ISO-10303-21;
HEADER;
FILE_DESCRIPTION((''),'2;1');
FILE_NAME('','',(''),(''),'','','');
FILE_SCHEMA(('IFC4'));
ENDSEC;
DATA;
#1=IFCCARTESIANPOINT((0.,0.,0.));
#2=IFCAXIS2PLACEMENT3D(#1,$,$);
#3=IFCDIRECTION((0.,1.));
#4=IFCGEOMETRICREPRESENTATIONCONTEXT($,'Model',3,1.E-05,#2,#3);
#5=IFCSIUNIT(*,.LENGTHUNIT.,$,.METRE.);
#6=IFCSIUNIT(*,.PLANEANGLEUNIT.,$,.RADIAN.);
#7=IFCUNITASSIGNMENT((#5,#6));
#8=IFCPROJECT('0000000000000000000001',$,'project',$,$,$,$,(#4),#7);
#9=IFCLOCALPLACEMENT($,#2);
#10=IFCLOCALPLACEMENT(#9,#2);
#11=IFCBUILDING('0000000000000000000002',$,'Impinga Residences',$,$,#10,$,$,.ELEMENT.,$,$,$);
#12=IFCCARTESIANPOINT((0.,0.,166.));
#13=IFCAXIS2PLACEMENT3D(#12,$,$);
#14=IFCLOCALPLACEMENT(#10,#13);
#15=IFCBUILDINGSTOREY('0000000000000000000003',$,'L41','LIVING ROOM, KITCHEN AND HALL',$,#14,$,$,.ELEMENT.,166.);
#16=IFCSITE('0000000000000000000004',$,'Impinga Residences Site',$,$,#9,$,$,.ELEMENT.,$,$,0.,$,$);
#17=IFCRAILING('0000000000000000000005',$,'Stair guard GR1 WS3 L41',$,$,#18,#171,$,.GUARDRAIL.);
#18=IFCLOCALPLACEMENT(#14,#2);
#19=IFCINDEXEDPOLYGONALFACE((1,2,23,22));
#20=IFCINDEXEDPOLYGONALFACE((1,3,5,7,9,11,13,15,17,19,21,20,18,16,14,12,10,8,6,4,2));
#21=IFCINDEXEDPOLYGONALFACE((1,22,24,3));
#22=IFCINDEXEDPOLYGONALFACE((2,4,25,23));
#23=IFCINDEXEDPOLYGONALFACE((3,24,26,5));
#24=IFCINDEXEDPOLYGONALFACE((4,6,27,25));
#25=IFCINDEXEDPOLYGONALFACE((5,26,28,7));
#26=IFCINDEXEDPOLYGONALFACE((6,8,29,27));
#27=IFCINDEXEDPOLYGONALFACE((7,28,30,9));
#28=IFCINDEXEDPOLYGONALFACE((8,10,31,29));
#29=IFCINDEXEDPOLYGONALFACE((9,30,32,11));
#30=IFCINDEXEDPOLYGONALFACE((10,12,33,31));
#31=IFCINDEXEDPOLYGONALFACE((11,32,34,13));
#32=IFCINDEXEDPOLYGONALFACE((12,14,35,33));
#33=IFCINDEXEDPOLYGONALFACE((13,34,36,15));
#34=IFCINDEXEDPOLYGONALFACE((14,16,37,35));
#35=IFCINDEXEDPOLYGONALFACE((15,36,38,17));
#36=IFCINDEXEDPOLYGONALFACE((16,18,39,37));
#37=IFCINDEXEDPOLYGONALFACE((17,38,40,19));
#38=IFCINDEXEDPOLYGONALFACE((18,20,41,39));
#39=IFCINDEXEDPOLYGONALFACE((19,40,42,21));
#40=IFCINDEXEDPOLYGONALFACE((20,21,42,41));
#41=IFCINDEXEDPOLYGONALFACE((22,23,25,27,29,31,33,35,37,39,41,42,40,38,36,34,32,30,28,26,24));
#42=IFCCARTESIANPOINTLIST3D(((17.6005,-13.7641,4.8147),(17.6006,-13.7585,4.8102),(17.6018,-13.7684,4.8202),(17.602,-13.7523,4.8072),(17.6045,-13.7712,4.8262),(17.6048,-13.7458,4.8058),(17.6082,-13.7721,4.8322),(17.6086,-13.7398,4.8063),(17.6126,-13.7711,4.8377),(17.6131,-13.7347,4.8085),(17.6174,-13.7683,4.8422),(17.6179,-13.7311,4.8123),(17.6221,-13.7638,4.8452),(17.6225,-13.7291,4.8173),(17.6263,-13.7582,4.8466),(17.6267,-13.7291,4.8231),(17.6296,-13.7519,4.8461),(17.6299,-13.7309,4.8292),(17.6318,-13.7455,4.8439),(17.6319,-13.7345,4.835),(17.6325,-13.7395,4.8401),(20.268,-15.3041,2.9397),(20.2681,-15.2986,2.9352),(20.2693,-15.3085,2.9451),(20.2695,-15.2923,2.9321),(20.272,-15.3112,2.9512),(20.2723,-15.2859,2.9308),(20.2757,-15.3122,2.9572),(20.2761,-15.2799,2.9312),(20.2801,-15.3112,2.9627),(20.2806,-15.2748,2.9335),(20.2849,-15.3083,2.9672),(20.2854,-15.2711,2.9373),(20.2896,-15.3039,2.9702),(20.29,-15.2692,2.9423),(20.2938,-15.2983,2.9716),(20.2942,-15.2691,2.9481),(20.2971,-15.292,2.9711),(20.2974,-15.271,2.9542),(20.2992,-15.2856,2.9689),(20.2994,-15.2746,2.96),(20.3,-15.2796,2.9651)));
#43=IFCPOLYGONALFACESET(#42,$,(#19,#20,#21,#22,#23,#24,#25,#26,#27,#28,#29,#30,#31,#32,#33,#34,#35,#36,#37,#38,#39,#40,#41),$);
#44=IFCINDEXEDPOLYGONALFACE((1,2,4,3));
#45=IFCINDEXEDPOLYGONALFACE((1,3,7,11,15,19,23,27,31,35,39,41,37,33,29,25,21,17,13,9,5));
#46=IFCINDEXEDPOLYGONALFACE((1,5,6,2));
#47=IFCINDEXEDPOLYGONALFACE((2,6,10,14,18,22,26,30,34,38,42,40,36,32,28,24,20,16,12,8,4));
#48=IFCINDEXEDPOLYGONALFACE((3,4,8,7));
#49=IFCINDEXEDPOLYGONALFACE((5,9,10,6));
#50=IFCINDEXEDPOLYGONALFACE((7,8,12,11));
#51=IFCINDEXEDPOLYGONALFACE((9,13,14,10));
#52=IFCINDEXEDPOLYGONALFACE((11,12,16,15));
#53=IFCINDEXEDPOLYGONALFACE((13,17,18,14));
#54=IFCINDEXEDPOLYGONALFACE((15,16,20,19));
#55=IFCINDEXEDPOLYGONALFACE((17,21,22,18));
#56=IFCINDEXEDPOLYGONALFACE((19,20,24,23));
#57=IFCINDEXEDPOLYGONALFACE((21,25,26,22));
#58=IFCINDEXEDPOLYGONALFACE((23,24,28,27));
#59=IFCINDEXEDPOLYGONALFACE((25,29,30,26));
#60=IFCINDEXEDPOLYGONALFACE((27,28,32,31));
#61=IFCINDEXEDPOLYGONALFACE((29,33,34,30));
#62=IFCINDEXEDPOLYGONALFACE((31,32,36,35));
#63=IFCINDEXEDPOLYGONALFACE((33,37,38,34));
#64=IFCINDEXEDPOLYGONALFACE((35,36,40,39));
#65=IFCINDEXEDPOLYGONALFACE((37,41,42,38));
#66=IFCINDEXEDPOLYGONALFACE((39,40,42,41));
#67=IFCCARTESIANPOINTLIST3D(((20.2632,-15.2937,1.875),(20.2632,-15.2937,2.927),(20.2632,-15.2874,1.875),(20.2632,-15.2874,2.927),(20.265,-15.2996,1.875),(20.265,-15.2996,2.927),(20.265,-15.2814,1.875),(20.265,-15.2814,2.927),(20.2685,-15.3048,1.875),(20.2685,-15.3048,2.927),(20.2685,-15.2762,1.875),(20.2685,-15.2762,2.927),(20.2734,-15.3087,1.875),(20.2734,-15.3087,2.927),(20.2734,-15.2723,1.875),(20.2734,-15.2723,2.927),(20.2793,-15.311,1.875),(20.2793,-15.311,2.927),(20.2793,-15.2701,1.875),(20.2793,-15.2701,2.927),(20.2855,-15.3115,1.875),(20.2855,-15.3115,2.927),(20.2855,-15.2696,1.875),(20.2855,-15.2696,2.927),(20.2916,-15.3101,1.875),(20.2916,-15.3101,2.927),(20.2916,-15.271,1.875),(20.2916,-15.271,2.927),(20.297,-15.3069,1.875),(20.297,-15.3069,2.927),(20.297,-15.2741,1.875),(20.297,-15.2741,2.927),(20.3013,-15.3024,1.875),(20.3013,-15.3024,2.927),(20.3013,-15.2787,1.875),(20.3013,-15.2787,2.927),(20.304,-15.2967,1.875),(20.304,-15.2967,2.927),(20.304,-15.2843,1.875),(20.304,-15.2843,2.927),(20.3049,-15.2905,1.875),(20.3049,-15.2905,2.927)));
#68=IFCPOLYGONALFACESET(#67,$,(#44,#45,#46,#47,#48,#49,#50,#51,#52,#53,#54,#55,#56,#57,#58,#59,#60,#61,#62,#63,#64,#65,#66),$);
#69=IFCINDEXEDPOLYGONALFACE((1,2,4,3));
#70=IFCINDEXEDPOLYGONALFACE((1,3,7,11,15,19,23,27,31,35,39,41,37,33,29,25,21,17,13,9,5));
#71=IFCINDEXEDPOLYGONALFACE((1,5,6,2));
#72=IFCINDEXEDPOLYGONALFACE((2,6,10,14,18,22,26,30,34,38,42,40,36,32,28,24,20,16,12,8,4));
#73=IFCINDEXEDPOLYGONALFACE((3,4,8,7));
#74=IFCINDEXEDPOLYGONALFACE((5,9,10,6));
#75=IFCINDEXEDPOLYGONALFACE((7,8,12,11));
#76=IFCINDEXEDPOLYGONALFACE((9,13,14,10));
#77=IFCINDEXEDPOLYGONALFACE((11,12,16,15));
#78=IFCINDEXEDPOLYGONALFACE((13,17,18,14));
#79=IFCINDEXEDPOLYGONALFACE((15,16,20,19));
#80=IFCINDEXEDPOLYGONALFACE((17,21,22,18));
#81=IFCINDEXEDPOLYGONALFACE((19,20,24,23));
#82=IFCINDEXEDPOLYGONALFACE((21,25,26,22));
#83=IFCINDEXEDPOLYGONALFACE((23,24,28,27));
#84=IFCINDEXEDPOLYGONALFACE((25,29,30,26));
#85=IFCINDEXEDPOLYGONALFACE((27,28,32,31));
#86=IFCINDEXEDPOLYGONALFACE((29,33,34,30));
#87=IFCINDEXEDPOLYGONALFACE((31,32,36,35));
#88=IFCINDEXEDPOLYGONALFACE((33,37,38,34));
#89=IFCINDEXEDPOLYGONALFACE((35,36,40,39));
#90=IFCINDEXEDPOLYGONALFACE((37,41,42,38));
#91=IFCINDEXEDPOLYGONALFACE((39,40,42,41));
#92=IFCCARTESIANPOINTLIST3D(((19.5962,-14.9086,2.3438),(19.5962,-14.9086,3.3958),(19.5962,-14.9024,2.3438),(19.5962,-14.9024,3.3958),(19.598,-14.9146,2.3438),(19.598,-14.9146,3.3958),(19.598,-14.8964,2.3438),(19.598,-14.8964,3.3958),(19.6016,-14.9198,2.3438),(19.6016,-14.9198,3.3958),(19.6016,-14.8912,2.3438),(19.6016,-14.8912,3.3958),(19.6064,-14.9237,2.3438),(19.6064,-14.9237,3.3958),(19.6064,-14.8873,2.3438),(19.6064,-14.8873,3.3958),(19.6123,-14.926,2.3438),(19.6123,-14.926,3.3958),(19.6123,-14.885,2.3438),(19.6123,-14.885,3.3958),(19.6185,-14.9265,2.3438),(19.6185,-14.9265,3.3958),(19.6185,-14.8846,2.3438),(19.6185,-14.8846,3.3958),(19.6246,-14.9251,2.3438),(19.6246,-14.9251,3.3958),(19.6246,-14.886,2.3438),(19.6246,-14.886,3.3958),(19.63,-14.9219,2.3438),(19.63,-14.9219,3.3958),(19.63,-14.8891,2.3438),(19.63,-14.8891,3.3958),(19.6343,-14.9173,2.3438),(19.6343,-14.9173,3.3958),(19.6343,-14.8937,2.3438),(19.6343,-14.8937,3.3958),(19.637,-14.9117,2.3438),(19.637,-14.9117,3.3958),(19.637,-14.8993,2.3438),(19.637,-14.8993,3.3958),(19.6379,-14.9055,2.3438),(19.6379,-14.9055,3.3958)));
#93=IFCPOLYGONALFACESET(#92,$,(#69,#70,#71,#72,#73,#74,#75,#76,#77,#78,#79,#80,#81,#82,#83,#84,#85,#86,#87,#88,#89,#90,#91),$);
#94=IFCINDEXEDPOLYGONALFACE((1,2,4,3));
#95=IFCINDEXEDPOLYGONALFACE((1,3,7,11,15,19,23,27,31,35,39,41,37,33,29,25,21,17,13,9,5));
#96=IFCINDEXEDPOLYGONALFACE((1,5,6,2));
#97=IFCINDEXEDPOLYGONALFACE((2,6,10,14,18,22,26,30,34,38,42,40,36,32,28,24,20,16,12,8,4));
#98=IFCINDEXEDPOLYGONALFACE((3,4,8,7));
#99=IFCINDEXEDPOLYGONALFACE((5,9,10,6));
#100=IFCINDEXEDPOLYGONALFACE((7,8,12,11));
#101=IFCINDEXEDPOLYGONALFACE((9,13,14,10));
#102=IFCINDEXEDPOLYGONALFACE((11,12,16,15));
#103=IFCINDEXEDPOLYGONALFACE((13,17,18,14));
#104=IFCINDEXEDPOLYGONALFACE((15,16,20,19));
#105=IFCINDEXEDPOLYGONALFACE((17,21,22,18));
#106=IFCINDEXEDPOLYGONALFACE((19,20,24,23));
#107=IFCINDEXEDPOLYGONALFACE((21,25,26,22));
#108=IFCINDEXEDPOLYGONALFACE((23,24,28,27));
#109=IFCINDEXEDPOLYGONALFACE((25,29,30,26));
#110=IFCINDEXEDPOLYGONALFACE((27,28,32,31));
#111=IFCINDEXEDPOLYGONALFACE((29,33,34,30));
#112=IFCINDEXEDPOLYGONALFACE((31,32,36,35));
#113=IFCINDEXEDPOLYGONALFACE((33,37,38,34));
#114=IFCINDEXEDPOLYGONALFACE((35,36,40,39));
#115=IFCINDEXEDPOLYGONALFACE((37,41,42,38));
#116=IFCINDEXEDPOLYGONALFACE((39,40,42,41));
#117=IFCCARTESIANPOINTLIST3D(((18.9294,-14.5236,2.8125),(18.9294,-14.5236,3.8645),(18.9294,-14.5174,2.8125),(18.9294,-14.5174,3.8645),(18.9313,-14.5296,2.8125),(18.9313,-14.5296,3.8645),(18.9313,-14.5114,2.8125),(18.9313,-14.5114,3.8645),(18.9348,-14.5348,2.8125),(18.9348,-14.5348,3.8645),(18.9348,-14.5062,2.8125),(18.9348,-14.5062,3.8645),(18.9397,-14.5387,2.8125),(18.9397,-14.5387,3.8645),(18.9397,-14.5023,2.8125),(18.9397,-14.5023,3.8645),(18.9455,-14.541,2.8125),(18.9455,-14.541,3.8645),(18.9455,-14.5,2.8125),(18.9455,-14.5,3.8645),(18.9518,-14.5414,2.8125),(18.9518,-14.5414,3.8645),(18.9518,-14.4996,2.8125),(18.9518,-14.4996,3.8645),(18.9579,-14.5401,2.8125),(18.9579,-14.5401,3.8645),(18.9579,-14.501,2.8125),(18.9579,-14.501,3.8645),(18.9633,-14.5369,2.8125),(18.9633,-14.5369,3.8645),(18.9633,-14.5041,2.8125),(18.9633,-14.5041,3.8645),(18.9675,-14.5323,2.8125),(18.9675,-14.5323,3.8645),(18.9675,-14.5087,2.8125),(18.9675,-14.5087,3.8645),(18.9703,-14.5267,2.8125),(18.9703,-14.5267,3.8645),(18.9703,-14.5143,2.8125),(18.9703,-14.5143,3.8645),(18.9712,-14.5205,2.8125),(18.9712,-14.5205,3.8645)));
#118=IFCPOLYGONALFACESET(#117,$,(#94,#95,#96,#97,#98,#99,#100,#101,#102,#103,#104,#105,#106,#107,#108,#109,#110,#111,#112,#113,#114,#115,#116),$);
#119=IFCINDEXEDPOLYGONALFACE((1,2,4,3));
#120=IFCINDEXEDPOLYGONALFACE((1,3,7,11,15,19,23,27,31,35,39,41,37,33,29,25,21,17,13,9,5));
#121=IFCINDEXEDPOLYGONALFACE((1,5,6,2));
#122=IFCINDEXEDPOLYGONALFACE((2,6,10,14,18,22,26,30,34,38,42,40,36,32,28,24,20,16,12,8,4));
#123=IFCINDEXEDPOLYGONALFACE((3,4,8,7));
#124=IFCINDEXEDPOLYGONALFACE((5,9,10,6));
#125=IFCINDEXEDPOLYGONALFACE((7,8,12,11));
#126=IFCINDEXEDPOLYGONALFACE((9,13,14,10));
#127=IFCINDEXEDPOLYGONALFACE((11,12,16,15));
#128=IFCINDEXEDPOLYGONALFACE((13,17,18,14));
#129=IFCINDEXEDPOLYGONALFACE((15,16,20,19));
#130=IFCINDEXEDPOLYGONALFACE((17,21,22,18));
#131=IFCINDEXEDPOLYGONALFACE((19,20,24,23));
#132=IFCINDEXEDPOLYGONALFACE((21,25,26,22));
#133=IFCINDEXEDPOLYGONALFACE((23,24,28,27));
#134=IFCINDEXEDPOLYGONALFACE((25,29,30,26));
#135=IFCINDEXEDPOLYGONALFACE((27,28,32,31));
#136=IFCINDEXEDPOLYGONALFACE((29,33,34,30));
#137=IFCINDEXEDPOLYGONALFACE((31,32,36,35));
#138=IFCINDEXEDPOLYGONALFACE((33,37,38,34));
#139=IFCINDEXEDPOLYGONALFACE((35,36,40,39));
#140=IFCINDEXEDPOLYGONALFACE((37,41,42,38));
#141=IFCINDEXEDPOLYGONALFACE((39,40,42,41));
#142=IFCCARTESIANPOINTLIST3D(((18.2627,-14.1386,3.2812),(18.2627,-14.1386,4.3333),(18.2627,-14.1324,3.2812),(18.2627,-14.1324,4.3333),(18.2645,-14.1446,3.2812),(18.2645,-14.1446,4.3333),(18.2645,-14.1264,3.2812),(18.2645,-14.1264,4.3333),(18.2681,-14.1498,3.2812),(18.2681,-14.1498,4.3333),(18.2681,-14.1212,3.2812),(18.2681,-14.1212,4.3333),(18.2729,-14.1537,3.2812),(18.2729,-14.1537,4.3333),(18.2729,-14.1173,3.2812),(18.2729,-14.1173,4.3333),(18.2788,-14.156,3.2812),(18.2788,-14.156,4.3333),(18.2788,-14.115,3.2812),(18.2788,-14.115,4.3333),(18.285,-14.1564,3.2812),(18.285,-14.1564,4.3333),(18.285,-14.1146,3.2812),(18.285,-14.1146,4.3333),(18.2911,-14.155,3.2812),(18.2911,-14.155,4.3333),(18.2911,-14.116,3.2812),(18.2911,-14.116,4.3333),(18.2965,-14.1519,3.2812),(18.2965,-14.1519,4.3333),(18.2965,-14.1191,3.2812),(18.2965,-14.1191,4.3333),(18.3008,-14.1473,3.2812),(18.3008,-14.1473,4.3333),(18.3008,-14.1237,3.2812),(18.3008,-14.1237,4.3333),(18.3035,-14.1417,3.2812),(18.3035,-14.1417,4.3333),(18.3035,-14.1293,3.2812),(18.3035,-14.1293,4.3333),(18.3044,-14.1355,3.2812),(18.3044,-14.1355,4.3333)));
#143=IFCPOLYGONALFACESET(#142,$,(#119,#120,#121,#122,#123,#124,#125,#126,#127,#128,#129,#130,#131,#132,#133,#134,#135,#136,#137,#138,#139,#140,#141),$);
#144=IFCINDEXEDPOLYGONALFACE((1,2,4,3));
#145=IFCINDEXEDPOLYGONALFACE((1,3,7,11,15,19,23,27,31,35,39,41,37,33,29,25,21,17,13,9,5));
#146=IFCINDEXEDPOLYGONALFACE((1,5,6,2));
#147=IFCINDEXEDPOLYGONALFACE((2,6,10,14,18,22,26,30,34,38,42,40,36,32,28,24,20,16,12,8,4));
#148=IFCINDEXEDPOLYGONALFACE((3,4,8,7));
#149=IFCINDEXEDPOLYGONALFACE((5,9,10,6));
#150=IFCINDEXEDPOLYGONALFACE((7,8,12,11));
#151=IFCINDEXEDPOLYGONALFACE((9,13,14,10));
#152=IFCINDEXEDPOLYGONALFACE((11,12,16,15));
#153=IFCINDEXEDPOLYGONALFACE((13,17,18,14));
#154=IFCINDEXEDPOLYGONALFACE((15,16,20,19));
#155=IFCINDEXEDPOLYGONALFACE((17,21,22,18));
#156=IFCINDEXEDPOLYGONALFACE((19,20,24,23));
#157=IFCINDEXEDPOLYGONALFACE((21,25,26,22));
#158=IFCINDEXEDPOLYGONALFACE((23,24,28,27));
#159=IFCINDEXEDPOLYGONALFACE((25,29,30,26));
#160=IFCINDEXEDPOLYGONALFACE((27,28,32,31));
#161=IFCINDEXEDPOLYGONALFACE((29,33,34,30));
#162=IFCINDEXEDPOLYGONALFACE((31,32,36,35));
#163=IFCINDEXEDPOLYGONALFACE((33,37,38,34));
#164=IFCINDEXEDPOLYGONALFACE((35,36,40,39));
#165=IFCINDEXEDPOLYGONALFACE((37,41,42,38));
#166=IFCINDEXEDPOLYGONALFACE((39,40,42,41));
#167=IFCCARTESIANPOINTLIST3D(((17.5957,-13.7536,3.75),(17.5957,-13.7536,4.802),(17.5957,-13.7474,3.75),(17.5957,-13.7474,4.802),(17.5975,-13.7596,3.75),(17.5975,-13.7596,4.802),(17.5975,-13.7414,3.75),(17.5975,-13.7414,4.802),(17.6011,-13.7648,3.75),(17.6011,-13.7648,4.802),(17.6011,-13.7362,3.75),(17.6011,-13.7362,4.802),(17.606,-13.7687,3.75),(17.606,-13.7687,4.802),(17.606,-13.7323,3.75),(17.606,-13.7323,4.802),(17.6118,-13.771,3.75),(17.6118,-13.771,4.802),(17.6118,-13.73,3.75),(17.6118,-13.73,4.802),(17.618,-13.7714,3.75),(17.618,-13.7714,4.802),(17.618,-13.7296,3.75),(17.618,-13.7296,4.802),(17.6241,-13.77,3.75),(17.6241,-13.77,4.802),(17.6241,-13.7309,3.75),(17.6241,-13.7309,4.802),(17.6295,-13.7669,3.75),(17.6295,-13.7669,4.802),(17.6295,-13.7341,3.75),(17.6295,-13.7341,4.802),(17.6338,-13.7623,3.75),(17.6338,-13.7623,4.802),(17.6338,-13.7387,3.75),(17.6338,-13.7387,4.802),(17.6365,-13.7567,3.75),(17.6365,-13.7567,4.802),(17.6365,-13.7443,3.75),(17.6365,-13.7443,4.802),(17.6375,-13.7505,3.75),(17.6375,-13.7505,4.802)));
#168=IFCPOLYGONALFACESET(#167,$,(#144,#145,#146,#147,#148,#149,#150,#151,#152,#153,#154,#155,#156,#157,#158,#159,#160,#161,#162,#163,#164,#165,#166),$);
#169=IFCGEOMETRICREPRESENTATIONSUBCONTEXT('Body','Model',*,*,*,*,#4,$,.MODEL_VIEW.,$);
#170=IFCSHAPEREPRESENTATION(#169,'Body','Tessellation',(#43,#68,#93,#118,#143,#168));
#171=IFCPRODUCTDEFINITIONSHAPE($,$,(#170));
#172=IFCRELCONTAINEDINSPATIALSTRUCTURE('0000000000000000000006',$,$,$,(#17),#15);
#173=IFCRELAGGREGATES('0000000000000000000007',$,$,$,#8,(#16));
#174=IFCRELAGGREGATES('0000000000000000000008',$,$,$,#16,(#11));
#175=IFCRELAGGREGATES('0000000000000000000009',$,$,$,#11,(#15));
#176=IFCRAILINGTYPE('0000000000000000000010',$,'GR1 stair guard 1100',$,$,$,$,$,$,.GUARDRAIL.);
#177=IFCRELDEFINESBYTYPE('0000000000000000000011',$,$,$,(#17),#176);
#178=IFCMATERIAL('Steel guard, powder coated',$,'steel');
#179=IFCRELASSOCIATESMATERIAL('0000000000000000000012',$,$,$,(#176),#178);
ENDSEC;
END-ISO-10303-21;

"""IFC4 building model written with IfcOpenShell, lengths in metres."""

from ifc_helpers import new_model, si_unit, direction, frame, origin, origin_2d, place, context, subcontext, project, spatial, circle, extrude, material, type_object, element, save


model = new_model("IFC4")

# Units and contexts
model_context = context("Model", 3, precision=1e-05, world=origin(), true_north=direction((0.0, 1.0)))
body_context = subcontext(model_context, "Body", "Model", "MODEL_VIEW")
ifc_project = project(units=[si_unit("LENGTHUNIT", "METRE"), si_unit("PLANEANGLEUNIT", "RADIAN")], contexts=[model_context])

# Site, building, storey
site_placement = place(None, origin())
site = spatial("IfcSite", under=ifc_project, at=site_placement, Name="Impinga Residences Site", CompositionType="ELEMENT", RefElevation=0.0)
building_placement = place(site_placement, origin())
building = spatial("IfcBuilding", under=site, at=building_placement, Name="Impinga Residences", CompositionType="ELEMENT")
storey_placement = place(building_placement, frame((0.0, 0.0, 166.0)))
storey = spatial("IfcBuildingStorey", under=building, at=storey_placement, Name="L41", Description="LIVING ROOM, KITCHEN AND HALL", CompositionType="ELEMENT", Elevation=166.0)

# Railing
ifc_material_1 = material(Name="Steel guard, powder coated", Category="steel")
railing_type_1 = type_object("IfcRailingType", Name="GR1 stair guard 1100", PredefinedType="GUARDRAIL", material=ifc_material_1)
railing_1_placement = place(storey_placement, frame((20.2839, -15.2905, 1.875)))
element("IfcRailing", 1, at=railing_1_placement, inside=storey, type_object=railing_type_1, Name="Stair guard GR1 WS3 L41", PredefinedType="GUARDRAIL", context=body_context, shape_type="SweptSolid", body=[
    extrude(circle(Radius=0.0239, at=origin_2d()), frame((0.0, 0.0, 1.0762), z_axis=(-0.739746, 0.427084, 0.519975), x_axis=(-0.499992, -0.86603, 0.0)), (0.0, 0.0, 1.0), 3.606),
    extrude(circle(Radius=0.021, at=origin_2d()), origin(), (0.0, 0.0, 1.0), 1.052),
    extrude(circle(Radius=0.021, at=origin_2d()), frame((-0.667, 0.385, 0.4688)), (0.0, 0.0, 1.0), 1.052),
    extrude(circle(Radius=0.021, at=origin_2d()), frame((-1.3337, 0.77, 0.9375)), (0.0, 0.0, 1.0), 1.052),
    extrude(circle(Radius=0.021, at=origin_2d()), frame((-2.0005, 1.155, 1.4062)), (0.0, 0.0, 1.0), 1.052),
    extrude(circle(Radius=0.021, at=origin_2d()), frame((-2.6675, 1.54, 1.875)), (0.0, 0.0, 1.0), 1.052),
])

save(model, "model.ifc")
